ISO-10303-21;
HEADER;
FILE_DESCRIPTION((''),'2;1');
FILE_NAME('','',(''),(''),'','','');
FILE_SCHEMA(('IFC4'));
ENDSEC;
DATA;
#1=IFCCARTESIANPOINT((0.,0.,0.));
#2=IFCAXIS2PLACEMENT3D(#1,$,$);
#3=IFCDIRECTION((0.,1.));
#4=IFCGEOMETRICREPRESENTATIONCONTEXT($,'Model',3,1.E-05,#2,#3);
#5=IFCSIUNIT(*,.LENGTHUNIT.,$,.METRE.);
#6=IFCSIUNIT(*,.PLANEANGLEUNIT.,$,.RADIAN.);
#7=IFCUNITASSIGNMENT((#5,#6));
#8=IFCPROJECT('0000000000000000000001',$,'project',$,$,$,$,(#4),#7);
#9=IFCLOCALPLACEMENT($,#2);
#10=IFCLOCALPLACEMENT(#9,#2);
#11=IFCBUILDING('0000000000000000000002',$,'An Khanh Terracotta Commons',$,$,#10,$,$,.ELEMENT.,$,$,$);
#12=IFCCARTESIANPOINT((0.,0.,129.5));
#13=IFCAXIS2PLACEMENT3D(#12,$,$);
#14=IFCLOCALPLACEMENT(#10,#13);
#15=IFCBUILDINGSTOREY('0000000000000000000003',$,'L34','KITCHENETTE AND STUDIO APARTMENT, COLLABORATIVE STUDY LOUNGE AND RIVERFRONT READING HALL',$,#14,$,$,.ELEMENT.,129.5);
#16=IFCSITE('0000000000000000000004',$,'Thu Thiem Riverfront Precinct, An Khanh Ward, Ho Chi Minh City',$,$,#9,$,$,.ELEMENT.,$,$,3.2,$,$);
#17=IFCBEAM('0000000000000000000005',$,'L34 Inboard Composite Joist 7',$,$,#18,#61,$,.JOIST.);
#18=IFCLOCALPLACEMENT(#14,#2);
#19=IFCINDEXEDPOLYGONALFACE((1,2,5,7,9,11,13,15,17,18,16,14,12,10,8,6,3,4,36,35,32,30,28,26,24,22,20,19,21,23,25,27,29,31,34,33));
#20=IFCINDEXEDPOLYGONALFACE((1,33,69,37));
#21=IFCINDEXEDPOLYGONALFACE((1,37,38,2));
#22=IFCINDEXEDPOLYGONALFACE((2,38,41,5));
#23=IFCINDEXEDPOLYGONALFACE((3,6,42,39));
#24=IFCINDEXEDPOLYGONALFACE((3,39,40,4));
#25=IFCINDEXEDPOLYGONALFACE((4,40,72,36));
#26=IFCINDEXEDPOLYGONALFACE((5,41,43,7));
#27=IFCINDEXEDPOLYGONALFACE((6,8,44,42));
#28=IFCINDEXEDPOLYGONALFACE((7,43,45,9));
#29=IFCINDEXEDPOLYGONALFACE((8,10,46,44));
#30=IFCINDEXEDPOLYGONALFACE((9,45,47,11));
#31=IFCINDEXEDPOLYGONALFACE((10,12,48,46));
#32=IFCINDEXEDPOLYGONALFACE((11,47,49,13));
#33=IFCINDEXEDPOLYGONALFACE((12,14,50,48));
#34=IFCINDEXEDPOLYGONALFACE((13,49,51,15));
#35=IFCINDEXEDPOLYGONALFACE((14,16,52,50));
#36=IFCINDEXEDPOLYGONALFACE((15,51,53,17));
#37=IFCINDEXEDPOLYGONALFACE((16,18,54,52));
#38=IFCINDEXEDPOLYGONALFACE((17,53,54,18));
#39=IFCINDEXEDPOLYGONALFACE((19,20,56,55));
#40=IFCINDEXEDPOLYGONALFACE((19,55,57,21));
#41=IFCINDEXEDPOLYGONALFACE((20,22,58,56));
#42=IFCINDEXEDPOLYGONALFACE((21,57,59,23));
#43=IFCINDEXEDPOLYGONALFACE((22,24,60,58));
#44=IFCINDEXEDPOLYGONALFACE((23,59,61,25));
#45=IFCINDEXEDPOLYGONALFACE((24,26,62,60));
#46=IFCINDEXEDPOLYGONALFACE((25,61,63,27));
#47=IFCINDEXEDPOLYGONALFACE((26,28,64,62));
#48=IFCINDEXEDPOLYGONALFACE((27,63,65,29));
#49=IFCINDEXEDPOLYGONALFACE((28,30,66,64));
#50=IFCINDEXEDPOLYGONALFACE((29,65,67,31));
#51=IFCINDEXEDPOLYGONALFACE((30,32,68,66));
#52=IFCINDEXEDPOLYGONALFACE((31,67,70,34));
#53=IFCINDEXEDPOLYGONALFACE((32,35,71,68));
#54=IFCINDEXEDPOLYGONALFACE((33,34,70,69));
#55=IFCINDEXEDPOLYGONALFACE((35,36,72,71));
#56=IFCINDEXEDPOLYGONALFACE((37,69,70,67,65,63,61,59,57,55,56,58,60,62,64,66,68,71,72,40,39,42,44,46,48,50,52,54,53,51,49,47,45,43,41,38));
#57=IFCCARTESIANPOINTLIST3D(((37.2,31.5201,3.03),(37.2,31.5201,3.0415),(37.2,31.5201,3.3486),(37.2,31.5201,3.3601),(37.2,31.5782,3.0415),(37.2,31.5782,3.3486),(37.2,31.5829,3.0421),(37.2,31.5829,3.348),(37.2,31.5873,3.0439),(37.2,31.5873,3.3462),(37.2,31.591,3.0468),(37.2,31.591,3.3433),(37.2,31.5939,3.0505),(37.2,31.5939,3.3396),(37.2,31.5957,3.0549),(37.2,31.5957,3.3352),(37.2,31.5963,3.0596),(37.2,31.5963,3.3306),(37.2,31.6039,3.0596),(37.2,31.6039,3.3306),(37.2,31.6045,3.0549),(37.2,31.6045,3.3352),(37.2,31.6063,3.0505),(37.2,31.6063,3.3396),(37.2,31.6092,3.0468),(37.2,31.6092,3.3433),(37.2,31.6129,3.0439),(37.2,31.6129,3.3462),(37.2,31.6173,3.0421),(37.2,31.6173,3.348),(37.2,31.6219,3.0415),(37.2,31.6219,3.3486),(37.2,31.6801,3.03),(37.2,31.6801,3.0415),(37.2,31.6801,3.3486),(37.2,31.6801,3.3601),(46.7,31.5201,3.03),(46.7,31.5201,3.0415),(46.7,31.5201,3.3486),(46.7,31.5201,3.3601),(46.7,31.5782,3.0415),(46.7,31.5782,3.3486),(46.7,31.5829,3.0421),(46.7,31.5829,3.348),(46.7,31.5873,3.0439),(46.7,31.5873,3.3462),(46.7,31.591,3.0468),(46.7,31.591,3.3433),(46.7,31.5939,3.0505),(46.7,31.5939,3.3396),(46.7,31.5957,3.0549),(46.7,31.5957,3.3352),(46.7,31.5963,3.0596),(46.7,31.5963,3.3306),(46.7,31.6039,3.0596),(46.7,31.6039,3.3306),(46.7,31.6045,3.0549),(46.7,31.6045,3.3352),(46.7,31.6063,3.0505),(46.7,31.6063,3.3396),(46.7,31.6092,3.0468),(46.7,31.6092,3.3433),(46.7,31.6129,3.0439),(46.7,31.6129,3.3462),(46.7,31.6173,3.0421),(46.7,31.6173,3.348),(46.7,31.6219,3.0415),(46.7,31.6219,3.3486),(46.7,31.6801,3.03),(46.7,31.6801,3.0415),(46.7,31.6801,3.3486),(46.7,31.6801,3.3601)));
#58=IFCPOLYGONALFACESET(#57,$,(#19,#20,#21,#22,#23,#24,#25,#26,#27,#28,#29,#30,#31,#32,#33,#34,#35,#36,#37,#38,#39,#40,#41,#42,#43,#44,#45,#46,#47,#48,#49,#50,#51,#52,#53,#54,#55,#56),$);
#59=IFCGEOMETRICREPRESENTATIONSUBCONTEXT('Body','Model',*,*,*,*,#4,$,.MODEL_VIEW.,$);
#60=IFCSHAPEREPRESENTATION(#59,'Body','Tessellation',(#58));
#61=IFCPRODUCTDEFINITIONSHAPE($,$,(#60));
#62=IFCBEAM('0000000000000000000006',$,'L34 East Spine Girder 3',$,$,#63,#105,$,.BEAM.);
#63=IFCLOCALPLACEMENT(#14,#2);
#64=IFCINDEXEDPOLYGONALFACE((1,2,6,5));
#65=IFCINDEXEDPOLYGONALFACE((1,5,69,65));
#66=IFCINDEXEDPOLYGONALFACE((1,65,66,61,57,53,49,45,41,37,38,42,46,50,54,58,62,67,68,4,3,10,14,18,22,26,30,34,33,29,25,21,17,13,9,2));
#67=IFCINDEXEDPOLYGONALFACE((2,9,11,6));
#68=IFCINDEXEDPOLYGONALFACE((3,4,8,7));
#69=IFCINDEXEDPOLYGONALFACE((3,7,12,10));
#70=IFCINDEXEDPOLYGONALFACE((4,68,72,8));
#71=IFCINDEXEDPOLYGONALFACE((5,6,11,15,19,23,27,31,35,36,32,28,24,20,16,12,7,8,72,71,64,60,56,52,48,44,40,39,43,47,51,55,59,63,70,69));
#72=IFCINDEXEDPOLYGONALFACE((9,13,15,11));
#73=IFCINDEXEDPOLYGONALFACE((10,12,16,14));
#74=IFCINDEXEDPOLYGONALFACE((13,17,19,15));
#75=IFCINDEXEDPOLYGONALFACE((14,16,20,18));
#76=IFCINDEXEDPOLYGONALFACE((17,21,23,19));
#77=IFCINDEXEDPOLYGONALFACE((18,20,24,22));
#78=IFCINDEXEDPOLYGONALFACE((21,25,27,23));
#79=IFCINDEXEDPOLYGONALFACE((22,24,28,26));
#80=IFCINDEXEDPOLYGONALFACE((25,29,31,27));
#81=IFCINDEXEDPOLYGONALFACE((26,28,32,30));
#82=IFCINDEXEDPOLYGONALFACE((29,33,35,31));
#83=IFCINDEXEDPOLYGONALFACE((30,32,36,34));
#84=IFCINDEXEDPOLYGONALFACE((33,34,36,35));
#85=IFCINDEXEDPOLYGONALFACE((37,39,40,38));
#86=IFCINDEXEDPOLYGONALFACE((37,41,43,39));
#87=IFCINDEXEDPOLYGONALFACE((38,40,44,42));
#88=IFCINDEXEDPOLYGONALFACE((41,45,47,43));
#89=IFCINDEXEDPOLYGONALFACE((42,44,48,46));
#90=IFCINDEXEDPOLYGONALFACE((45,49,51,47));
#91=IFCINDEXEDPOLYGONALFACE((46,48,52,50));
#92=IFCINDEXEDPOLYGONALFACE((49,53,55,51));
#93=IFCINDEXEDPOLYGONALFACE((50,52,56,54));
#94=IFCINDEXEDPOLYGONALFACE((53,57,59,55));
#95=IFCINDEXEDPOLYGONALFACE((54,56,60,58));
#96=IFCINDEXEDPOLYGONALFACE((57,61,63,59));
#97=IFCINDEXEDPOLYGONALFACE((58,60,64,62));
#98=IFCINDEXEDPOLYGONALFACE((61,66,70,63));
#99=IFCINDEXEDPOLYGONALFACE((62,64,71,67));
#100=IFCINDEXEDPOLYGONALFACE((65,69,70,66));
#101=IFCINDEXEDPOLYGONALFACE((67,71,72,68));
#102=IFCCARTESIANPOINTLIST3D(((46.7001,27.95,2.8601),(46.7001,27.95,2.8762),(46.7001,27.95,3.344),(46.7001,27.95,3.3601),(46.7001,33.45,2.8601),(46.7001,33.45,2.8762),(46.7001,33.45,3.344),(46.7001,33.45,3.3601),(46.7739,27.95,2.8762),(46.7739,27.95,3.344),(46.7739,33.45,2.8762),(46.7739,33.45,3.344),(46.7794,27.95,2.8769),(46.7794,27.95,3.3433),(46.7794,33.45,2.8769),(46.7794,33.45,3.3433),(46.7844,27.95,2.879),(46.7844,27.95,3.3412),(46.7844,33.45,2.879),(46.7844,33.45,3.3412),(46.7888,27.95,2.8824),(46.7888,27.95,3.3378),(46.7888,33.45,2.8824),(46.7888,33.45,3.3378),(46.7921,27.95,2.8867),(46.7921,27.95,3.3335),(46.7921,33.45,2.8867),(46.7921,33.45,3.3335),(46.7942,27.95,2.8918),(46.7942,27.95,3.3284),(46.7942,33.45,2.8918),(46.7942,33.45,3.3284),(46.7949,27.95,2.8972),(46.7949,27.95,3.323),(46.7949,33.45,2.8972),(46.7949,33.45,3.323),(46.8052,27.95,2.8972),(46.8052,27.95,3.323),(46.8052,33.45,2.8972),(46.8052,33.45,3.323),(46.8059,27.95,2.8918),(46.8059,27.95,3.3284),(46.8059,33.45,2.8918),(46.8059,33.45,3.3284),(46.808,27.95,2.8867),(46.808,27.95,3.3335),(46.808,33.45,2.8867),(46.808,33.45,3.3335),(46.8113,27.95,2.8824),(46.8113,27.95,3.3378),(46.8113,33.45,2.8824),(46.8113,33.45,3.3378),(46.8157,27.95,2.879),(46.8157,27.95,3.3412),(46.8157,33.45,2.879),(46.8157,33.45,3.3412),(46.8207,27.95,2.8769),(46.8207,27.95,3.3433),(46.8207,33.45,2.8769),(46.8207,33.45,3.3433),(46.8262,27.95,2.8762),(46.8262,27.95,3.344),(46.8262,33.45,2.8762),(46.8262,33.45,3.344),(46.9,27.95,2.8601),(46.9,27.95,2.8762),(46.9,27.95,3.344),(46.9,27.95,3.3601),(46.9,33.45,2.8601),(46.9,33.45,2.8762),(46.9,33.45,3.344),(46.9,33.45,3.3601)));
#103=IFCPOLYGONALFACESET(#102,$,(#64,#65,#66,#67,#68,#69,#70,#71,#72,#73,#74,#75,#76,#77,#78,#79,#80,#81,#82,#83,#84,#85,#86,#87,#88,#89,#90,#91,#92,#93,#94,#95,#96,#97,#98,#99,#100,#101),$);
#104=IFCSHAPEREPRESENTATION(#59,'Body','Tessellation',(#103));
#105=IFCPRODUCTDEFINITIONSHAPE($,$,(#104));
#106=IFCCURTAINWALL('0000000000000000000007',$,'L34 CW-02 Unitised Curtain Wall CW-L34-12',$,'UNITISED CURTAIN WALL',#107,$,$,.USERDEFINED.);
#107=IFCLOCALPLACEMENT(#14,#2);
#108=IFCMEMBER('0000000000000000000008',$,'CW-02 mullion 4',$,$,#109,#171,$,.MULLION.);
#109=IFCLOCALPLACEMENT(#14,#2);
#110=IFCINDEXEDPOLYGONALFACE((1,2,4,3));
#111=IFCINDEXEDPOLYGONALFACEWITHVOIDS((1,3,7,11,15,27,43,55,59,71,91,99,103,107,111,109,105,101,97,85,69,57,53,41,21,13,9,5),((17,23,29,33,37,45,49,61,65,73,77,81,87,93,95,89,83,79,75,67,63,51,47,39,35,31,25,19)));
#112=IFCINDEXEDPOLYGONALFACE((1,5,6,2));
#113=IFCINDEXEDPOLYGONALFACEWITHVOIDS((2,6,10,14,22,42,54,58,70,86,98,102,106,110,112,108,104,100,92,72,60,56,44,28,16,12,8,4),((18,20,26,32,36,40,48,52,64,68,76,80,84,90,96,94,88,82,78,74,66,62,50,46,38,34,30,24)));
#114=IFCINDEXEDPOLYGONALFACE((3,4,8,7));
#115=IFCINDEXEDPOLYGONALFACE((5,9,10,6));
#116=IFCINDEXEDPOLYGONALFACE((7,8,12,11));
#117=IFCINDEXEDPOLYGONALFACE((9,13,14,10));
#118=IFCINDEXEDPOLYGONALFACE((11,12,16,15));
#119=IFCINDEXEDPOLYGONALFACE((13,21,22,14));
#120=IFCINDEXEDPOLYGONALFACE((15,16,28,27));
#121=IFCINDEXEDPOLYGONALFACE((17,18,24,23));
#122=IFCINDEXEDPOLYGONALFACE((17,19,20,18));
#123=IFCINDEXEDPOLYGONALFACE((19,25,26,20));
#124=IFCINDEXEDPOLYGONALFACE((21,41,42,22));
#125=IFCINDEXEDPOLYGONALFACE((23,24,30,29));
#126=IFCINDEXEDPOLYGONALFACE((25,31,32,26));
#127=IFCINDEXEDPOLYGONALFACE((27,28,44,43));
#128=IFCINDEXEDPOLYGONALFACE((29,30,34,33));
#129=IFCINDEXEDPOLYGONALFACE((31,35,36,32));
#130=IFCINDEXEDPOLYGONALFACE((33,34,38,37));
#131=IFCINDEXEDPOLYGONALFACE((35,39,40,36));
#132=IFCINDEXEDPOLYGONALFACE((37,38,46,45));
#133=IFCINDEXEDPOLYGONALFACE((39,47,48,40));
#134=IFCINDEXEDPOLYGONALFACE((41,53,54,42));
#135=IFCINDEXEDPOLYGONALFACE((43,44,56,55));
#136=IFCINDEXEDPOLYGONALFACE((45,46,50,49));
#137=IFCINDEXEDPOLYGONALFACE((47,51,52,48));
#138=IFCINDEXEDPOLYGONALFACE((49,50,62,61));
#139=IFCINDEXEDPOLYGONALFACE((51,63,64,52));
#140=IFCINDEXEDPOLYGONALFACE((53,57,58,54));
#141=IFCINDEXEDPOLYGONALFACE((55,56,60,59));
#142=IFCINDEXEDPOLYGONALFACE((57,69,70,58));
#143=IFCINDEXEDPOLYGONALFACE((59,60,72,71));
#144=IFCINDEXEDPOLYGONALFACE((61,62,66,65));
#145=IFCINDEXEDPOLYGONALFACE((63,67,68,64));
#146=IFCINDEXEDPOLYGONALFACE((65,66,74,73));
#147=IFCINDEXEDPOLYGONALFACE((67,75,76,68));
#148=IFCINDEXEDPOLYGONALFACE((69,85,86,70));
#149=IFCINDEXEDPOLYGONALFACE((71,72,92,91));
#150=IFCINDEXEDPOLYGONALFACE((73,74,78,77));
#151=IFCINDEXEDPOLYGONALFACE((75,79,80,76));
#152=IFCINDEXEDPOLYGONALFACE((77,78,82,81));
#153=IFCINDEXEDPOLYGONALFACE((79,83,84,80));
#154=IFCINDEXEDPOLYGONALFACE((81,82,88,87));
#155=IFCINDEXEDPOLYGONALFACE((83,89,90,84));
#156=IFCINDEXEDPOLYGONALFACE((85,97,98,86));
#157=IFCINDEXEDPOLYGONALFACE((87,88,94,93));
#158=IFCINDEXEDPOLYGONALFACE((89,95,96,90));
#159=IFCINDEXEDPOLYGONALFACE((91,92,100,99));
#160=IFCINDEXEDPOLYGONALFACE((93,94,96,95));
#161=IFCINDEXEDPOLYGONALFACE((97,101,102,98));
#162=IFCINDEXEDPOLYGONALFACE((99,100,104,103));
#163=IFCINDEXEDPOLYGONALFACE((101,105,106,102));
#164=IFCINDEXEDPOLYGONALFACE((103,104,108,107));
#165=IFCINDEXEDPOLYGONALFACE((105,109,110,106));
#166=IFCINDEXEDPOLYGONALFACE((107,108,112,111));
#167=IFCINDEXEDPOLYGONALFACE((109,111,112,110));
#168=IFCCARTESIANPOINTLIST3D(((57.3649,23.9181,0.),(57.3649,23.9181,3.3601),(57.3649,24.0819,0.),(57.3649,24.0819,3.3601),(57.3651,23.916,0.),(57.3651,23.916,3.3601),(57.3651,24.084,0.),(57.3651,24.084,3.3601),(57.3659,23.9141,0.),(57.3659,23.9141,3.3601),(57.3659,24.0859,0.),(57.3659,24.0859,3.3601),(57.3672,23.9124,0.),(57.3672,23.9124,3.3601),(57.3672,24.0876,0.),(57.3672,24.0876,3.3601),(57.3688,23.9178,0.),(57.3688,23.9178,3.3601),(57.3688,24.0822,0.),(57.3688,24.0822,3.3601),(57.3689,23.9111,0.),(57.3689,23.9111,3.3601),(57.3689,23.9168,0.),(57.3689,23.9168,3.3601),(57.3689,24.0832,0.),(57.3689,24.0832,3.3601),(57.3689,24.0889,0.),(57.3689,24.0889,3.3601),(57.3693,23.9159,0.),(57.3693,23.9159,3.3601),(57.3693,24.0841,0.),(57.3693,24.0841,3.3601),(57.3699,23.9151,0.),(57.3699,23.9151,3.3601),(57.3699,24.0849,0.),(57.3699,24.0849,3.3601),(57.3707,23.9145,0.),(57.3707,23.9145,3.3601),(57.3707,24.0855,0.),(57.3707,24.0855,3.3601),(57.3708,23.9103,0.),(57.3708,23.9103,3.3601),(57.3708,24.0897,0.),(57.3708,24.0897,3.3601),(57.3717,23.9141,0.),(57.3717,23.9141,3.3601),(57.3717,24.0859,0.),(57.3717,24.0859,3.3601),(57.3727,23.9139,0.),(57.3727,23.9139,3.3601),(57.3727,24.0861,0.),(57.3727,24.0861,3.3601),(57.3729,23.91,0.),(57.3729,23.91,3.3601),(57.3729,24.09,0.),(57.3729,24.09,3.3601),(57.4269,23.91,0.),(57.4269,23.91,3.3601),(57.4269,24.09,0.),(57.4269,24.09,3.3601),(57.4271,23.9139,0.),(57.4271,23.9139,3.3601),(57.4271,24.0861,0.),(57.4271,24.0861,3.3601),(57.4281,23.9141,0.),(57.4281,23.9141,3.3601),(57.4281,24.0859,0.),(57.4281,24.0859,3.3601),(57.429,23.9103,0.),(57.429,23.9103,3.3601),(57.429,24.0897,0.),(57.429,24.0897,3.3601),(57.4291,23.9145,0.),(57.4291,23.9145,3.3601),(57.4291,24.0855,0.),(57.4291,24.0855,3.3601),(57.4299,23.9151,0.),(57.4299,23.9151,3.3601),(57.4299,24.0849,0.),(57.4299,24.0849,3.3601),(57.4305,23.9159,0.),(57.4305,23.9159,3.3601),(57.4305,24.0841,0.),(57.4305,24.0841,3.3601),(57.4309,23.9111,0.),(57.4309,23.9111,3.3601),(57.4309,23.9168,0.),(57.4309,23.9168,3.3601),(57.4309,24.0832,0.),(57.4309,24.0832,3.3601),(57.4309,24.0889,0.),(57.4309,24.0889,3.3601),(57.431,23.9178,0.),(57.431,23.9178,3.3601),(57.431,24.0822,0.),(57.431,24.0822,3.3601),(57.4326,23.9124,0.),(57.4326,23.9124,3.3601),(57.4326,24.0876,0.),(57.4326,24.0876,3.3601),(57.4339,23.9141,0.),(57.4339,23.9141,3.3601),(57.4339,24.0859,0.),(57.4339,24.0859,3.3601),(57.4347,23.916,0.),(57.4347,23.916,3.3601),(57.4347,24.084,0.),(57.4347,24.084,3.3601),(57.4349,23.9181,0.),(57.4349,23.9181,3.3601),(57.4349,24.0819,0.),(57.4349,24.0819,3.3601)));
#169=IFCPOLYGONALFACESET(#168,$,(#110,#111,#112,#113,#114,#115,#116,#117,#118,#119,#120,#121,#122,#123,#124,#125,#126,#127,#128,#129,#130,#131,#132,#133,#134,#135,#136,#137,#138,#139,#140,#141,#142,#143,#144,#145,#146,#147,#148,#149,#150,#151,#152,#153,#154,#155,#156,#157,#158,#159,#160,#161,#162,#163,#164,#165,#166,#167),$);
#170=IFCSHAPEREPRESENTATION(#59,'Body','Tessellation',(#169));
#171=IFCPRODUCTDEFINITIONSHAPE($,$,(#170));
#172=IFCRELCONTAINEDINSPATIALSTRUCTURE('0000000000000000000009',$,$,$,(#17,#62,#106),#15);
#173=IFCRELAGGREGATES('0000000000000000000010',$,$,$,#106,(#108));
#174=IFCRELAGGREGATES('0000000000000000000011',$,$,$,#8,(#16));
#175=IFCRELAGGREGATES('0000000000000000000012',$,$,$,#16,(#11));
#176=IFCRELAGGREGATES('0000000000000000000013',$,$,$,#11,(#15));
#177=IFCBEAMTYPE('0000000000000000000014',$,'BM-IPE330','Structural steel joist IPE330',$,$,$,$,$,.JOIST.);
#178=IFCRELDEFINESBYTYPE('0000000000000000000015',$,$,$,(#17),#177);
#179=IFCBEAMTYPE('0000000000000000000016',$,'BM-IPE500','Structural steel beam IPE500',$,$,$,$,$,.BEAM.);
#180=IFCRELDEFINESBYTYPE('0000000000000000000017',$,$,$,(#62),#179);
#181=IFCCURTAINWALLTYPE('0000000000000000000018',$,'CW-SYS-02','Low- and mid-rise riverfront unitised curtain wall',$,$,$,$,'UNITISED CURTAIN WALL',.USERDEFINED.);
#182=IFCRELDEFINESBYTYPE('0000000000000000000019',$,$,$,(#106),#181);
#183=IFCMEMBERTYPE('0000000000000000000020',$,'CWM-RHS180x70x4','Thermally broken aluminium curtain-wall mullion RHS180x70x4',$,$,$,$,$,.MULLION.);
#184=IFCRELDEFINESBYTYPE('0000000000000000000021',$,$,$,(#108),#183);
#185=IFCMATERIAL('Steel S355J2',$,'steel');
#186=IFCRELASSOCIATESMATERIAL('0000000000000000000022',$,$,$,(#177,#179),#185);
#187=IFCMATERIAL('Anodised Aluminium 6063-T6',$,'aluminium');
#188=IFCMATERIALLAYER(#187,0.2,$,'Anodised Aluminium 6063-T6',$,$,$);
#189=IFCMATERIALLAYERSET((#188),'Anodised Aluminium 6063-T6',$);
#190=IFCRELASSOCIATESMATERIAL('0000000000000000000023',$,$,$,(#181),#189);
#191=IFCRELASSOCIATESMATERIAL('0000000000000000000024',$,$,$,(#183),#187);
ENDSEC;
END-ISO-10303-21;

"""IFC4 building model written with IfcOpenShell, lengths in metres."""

from ifc_helpers import new_model, si_unit, direction, frame, origin, origin_2d, place, context, subcontext, project, spatial, hollow_rectangle, i_section, extrude, material, layer, layer_set, material_profile, profile_set, type_object, element, aggregate, save


model = new_model("IFC4")

# Units and contexts
model_context = context("Model", 3, precision=1e-05, world=origin(), true_north=direction((0.0, 1.0)))
body_context = subcontext(model_context, "Body", "Model", "MODEL_VIEW")
ifc_project = project(units=[si_unit("LENGTHUNIT", "METRE"), si_unit("PLANEANGLEUNIT", "RADIAN")], contexts=[model_context])

# Site, building, storey
site_placement = place(None, origin())
site = spatial("IfcSite", under=ifc_project, at=site_placement, Name="Thu Thiem Riverfront Precinct, An Khanh Ward, Ho Chi Minh City", CompositionType="ELEMENT", RefElevation=3.2)
building_placement = place(site_placement, origin())
building = spatial("IfcBuilding", under=site, at=building_placement, Name="An Khanh Terracotta Commons", CompositionType="ELEMENT")
storey_placement = place(building_placement, frame((0.0, 0.0, 129.5)))
storey = spatial("IfcBuildingStorey", under=building, at=storey_placement, Name="L34", Description="KITCHENETTE AND STUDIO APARTMENT, COLLABORATIVE STUDY LOUNGE AND RIVERFRONT READING HALL", CompositionType="ELEMENT", Elevation=129.5)

# Beams
ifc_material_1 = material(Name="Steel S355J2", Category="steel")
ifc_material_profile_1 = material_profile(ifc_material_1, i_section(OverallWidth=0.1599, OverallDepth=0.3301, WebThickness=0.0076, FlangeThickness=0.0115, FilletRadius=0.0181, at=origin_2d()), Name="IPE330")
ifc_profile_set_1 = profile_set([ifc_material_profile_1], Name="Steel S355J2")
beam_type_1 = type_object("IfcBeamType", Name="BM-IPE330", Description="Structural steel joist IPE330", PredefinedType="JOIST", material=ifc_profile_set_1)
for number, where, z_axis, x_axis, name in (
    (1, (37.2, 31.6001, 3.1951), (1.0, 0.0, 0.0), (0.0, 1.0, 0.0), "L34 Inboard Composite Joist 7"),
):
    element("IfcBeam", number, at=place(storey_placement, frame(where, z_axis=z_axis, x_axis=x_axis)), inside=storey, type_object=beam_type_1, Name=name, PredefinedType="JOIST", context=body_context, shape_type="SweptSolid", body=[
        extrude(i_section(OverallWidth=0.1599, OverallDepth=0.3301, WebThickness=0.0076, FlangeThickness=0.0115, FilletRadius=0.0181, at=origin_2d()), origin(), (0.0, 0.0, 1.0), 9.5),
    ])
ifc_material_profile_2 = material_profile(ifc_material_1, i_section(OverallWidth=0.2, OverallDepth=0.5, WebThickness=0.0103, FlangeThickness=0.0161, FilletRadius=0.021, at=origin_2d()), Name="IPE500")
ifc_profile_set_2 = profile_set([ifc_material_profile_2], Name="Steel S355J2")
beam_type_2 = type_object("IfcBeamType", Name="BM-IPE500", Description="Structural steel beam IPE500", PredefinedType="BEAM", material=ifc_profile_set_2)
beam_1_placement = place(storey_placement, frame((46.8, 27.95, 3.1101), z_axis=(0.0, 1.0, 0.0), x_axis=(-1.0, 0.0, 0.0)))
element("IfcBeam", 2, at=beam_1_placement, inside=storey, type_object=beam_type_2, Name="L34 East Spine Girder 3", PredefinedType="BEAM", context=body_context, shape_type="SweptSolid", body=[
    extrude(i_section(OverallWidth=0.2, OverallDepth=0.5, WebThickness=0.0103, FlangeThickness=0.0161, FilletRadius=0.021, at=origin_2d()), origin(), (0.0, 0.0, 1.0), 5.5),
])

# Curtain wall, member
ifc_material_2 = material(Name="Anodised Aluminium 6063-T6", Category="aluminium")
ifc_layer_1 = layer(ifc_material_2, 0.2, Name="Anodised Aluminium 6063-T6")
ifc_layer_set_1 = layer_set([ifc_layer_1], Name="Anodised Aluminium 6063-T6")
curtain_wall_type = type_object("IfcCurtainWallType", Name="CW-SYS-02", Description="Low- and mid-rise riverfront unitised curtain wall", ElementType="UNITISED CURTAIN WALL", PredefinedType="USERDEFINED", material=ifc_layer_set_1)
curtain_wall_placement = place(storey_placement, origin())
curtain_wall = element("IfcCurtainWall", 3, at=curtain_wall_placement, inside=storey, type_object=curtain_wall_type, Name="L34 CW-02 Unitised Curtain Wall CW-L34-12", ObjectType="UNITISED CURTAIN WALL", PredefinedType="USERDEFINED")
ifc_material_profile_3 = material_profile(ifc_material_2, hollow_rectangle(XDim=0.0701, YDim=0.1799, WallThickness=0.0039, InnerFilletRadius=0.0039, OuterFilletRadius=0.0081, at=origin_2d()), Name="RHS180x70x4")
ifc_profile_set_3 = profile_set([ifc_material_profile_3], Name="Anodised Aluminium 6063-T6")
member_type_1 = type_object("IfcMemberType", Name="CWM-RHS180x70x4", Description="Thermally broken aluminium curtain-wall mullion RHS180x70x4", PredefinedType="MULLION", material=ifc_profile_set_3)
member_1_placement = place(storey_placement, frame((57.3999, 24.0, 0.0), z_axis=(0.0, 0.0, 1.0), x_axis=(-1.0, 0.0, 0.0)))
member_1 = element("IfcMember", 4, at=member_1_placement, type_object=member_type_1, Name="CW-02 mullion 4", PredefinedType="MULLION", context=body_context, shape_type="SweptSolid", body=[
    extrude(hollow_rectangle(XDim=0.0701, YDim=0.1799, WallThickness=0.0039, InnerFilletRadius=0.0039, OuterFilletRadius=0.0081, at=origin_2d()), origin(), (0.0, 0.0, 1.0), 3.3601),
])
aggregate(curtain_wall, [member_1])

save(model, "model.ifc")
